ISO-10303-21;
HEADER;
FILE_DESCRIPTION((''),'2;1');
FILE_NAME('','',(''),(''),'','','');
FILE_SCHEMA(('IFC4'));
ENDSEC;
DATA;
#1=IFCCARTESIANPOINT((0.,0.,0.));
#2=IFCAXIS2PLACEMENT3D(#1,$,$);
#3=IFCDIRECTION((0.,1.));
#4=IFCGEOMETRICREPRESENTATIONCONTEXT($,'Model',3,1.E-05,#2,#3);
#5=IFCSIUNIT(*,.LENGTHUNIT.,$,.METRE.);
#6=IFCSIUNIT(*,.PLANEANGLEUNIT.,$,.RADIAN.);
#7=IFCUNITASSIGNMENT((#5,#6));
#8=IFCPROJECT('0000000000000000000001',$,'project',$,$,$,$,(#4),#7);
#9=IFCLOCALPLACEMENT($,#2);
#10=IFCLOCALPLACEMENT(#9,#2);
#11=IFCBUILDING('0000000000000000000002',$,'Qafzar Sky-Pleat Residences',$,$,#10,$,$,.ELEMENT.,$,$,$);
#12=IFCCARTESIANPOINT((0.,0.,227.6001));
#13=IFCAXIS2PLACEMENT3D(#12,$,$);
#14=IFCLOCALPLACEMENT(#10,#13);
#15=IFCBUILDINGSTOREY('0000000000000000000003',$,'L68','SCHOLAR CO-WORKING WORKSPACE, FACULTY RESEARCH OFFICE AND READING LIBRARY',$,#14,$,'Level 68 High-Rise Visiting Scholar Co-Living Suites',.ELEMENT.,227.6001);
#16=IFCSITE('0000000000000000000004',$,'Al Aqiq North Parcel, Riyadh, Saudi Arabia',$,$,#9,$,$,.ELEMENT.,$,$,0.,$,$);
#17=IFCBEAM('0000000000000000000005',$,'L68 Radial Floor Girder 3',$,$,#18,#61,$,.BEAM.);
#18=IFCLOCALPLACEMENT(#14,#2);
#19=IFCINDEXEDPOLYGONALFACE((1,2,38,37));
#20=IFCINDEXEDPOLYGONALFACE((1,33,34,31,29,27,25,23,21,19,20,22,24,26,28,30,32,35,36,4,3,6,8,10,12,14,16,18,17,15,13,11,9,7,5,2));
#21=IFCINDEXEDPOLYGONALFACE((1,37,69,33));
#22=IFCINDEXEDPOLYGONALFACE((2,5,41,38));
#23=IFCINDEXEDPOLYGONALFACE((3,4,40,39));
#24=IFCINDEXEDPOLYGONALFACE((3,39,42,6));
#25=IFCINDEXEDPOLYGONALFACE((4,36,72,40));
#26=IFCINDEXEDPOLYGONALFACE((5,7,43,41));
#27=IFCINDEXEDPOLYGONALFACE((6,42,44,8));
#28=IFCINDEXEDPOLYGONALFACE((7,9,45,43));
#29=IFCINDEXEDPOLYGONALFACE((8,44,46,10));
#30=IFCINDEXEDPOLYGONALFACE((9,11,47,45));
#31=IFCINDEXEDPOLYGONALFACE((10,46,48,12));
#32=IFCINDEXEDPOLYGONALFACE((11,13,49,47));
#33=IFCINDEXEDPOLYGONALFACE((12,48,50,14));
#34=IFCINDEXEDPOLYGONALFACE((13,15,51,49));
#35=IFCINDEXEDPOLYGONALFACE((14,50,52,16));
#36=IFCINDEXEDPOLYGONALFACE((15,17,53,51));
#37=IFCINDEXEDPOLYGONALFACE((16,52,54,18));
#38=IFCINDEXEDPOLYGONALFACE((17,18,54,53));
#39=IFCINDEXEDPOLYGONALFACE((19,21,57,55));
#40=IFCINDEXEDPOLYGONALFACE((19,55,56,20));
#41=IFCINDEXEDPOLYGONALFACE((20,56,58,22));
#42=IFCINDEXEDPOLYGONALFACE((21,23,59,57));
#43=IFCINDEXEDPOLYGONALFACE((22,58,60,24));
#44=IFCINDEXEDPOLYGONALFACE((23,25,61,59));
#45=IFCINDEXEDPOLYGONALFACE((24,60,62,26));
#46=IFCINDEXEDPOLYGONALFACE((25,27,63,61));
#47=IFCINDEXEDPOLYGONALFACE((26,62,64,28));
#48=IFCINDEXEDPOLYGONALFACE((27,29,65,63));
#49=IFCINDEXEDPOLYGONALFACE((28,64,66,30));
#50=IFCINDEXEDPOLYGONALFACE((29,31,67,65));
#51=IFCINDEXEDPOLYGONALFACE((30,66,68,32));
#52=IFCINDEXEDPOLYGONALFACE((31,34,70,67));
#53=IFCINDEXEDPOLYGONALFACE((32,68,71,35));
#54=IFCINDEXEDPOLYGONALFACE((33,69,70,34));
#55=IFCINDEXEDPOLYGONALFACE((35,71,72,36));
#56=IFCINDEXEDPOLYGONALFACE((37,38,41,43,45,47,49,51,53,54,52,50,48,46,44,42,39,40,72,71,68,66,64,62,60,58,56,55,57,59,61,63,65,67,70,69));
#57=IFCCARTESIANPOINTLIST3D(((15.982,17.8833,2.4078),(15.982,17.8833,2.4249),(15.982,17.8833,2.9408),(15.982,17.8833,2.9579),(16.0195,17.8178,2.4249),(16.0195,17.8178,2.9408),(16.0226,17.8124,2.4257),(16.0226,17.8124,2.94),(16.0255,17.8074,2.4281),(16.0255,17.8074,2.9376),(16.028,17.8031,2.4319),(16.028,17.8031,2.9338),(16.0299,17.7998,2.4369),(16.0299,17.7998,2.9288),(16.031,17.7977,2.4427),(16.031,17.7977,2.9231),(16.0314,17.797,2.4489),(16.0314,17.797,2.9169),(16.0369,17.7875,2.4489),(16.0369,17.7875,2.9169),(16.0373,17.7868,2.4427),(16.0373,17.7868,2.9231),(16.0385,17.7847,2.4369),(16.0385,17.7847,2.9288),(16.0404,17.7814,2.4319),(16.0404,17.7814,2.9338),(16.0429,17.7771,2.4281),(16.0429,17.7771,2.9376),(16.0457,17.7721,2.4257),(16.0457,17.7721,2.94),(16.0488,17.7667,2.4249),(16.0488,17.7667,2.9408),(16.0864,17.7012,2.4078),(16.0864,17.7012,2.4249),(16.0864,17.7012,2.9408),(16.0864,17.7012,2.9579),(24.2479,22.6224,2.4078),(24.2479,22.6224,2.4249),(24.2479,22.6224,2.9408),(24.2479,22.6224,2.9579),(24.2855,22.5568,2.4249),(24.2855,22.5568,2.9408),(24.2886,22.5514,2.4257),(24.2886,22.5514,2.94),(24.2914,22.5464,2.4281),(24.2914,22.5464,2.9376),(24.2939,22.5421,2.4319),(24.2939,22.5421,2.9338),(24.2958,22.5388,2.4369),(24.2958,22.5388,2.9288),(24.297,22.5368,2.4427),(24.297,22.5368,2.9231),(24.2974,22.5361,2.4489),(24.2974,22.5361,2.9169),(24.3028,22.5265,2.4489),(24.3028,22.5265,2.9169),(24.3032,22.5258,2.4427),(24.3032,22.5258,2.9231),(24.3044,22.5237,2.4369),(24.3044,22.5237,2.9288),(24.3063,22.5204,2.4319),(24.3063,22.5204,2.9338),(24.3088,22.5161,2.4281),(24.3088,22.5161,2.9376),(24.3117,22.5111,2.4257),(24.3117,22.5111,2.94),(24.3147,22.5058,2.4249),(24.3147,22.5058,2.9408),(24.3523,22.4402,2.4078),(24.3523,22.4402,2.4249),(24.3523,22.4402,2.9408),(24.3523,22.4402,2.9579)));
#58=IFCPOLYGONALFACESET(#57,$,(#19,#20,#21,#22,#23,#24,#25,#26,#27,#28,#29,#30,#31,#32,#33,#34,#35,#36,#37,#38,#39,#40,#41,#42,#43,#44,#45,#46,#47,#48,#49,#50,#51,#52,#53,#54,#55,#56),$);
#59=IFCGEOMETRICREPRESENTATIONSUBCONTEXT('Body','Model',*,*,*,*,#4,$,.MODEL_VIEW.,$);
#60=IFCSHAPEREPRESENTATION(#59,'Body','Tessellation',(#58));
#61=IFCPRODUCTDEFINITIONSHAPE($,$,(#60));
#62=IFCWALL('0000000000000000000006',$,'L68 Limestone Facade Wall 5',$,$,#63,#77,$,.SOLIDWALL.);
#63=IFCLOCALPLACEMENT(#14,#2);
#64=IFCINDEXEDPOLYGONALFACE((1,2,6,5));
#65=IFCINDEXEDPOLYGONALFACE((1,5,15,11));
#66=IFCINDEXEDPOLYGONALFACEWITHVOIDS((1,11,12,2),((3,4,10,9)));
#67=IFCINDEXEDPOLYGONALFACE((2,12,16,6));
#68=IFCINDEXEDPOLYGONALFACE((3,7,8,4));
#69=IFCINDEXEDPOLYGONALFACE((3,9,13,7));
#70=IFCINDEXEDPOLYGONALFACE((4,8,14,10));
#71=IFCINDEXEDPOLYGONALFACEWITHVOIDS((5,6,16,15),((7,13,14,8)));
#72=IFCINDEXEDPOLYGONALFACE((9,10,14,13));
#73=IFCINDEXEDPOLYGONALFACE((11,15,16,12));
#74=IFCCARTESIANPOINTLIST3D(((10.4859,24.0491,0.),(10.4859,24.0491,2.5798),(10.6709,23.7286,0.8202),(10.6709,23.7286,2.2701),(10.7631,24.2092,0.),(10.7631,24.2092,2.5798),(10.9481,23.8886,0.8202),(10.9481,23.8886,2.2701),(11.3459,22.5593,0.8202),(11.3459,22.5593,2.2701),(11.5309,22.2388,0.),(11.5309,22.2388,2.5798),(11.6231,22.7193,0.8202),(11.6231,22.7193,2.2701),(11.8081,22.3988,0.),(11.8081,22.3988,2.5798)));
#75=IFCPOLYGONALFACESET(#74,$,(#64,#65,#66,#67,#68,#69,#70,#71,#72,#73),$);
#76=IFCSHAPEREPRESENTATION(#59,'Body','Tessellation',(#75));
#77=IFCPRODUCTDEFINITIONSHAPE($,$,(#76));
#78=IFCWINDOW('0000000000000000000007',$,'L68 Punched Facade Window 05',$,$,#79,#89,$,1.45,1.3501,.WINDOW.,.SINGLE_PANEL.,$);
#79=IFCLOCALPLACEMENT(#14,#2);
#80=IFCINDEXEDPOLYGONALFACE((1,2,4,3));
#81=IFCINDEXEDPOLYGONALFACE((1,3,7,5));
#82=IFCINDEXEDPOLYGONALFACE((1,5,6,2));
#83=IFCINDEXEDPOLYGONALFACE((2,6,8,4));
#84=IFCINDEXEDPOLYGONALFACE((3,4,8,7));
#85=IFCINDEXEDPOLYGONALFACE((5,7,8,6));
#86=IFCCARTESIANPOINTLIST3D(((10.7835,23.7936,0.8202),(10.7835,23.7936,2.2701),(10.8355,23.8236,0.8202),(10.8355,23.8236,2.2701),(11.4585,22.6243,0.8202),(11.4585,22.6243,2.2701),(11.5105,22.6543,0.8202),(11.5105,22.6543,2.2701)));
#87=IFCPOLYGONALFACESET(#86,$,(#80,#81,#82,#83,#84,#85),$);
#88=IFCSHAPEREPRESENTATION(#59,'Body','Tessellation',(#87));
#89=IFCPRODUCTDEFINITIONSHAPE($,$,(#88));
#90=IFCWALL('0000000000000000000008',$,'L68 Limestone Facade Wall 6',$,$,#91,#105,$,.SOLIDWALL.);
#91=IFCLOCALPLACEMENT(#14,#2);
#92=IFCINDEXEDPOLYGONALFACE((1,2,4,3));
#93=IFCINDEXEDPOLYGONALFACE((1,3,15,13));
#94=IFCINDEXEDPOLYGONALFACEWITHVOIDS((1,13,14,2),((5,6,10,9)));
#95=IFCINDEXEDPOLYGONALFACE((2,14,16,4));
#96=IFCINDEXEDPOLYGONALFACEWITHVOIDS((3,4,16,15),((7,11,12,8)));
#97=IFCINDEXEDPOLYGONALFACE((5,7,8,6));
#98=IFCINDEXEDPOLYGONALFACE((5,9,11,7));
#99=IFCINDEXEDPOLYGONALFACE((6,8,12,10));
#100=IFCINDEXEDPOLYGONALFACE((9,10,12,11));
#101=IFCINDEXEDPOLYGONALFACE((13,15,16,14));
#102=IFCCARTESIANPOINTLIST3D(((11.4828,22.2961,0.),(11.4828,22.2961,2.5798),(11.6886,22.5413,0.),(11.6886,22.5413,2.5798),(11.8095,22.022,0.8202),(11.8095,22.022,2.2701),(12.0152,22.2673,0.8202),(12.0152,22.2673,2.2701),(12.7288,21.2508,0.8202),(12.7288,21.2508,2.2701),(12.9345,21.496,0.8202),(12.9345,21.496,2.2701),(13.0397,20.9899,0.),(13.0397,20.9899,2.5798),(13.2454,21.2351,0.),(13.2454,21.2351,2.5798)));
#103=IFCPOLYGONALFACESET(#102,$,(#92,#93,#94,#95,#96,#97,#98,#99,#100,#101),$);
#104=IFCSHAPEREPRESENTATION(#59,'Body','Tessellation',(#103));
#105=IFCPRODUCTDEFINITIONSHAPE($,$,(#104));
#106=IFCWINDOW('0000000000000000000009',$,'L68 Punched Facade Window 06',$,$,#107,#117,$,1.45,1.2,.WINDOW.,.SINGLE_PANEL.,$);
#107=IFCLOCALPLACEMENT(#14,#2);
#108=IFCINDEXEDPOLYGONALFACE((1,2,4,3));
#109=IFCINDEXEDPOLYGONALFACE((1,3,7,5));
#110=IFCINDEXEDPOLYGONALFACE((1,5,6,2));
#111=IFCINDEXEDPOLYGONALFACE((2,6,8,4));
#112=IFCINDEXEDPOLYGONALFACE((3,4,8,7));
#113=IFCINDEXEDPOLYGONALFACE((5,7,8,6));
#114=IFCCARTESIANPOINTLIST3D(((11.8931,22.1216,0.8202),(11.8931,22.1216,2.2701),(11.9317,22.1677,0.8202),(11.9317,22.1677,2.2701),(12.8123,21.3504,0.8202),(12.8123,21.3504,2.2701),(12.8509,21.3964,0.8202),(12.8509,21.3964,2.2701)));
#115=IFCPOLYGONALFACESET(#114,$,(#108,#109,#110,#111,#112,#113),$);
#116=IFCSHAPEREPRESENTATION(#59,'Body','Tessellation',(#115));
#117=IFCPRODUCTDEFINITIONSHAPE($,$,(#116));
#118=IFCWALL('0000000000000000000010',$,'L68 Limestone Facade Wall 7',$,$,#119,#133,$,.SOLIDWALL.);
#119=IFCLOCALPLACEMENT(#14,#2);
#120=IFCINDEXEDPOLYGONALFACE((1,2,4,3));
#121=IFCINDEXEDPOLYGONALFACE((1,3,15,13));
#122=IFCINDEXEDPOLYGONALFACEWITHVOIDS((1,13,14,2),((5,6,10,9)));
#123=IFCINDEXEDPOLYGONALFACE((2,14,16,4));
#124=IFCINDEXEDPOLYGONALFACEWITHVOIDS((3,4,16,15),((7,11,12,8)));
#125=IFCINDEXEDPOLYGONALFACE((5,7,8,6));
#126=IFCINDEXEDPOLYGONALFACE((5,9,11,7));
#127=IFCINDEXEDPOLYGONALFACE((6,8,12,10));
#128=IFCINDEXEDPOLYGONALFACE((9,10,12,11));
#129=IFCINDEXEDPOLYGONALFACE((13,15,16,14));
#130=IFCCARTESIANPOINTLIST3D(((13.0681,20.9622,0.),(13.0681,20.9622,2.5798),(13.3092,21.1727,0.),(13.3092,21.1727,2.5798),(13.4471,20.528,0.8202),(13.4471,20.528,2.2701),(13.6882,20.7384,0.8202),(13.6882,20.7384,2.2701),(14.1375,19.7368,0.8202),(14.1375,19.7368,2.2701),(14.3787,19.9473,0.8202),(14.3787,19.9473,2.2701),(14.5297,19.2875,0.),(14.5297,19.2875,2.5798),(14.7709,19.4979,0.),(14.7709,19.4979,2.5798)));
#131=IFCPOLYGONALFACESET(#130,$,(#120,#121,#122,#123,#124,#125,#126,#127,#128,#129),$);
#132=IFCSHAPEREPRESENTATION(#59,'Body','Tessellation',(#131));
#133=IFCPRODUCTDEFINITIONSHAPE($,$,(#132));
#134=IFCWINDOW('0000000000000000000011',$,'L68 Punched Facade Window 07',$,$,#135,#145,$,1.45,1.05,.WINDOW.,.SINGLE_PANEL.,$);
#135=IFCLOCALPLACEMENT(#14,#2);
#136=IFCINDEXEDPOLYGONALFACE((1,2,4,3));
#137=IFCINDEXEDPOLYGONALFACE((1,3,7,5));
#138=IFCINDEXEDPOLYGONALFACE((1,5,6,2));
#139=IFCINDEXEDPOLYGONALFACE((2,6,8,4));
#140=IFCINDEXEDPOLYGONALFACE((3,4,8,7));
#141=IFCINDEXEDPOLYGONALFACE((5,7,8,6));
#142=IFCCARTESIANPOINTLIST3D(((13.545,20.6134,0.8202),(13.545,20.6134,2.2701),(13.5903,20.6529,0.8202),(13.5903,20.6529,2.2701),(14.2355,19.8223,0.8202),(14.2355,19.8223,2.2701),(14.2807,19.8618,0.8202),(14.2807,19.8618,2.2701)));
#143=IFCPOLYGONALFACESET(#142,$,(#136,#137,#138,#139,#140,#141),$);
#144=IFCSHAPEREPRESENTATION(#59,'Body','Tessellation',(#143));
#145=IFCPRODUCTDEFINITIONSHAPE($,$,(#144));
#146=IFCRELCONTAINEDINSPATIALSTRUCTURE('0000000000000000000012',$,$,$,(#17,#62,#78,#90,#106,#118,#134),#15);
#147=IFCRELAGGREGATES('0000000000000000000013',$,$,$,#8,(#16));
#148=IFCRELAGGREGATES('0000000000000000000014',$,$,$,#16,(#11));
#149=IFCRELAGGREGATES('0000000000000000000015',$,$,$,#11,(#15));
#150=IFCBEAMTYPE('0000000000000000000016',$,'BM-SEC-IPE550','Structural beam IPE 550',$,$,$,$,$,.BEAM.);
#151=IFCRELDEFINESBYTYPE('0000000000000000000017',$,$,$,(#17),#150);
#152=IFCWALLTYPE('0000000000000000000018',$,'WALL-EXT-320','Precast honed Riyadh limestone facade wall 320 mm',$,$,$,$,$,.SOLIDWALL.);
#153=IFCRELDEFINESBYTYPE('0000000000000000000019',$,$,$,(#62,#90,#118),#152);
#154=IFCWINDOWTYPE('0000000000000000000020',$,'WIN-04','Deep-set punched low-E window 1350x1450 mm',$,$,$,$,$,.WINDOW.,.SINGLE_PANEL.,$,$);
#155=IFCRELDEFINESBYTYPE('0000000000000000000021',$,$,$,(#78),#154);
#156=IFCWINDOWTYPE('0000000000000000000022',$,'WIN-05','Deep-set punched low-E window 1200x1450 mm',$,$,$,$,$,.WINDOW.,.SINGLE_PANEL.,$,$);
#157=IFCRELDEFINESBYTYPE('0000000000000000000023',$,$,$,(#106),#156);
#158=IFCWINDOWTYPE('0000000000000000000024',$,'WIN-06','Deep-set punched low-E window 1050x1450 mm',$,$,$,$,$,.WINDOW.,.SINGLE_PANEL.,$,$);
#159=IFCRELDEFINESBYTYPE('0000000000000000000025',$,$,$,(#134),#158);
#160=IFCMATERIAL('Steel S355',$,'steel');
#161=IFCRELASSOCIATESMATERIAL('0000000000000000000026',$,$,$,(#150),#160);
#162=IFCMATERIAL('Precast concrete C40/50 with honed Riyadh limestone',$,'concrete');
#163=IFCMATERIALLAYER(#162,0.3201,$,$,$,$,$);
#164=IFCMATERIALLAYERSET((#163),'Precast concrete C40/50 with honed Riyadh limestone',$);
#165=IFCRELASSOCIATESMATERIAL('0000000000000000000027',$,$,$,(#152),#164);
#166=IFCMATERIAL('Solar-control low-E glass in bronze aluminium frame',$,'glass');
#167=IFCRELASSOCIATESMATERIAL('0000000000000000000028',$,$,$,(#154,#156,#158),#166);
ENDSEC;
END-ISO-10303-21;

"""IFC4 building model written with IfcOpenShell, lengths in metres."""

from ifc_helpers import new_model, si_unit, direction, frame, frame_2d, origin, origin_2d, place, context, subcontext, project, spatial, rectangle, i_section, extrude, source, transform, mapped, material, layer, layer_set, material_profile, profile_set, type_object, element, fill, save


model = new_model("IFC4")

# Units and contexts
model_context = context("Model", 3, precision=1e-05, world=origin(), true_north=direction((0.0, 1.0)))
body_context = subcontext(model_context, "Body", "Model", "MODEL_VIEW")
ifc_project = project(units=[si_unit("LENGTHUNIT", "METRE"), si_unit("PLANEANGLEUNIT", "RADIAN")], contexts=[model_context])

# Site, building, storey
site_placement = place(None, origin())
site = spatial("IfcSite", under=ifc_project, at=site_placement, Name="Al Aqiq North Parcel, Riyadh, Saudi Arabia", CompositionType="ELEMENT", RefElevation=0.0)
building_placement = place(site_placement, origin())
building = spatial("IfcBuilding", under=site, at=building_placement, Name="Qafzar Sky-Pleat Residences", CompositionType="ELEMENT")
storey_placement = place(building_placement, frame((0.0, 0.0, 227.6001)))
storey = spatial("IfcBuildingStorey", under=building, at=storey_placement, Name="L68", Description="SCHOLAR CO-WORKING WORKSPACE, FACULTY RESEARCH OFFICE AND READING LIBRARY", LongName="Level 68 High-Rise Visiting Scholar Co-Living Suites", CompositionType="ELEMENT", Elevation=227.6001)

# Shared definitions
ifc_material_1 = material(Name="Steel S355", Category="steel")

# Beam
ifc_material_profile_1 = material_profile(ifc_material_1, i_section(OverallWidth=0.21, OverallDepth=0.55, WebThickness=0.011, FlangeThickness=0.0171, FilletRadius=0.0239, at=origin_2d()), Name="IPE 550")
ifc_profile_set_1 = profile_set([ifc_material_profile_1], Name="Steel S355")
beam_type_1 = type_object("IfcBeamType", Name="BM-SEC-IPE550", Description="Structural beam IPE 550", PredefinedType="BEAM", material=ifc_profile_set_1)
shared_shape_1 = source(origin(), body_context, "Body", "SweptSolid", [
    extrude(i_section(OverallWidth=0.21, OverallDepth=0.55, WebThickness=0.011, FlangeThickness=0.0171, FilletRadius=0.0239, at=origin_2d()), origin(), (0.0, 0.0, 1.0), 9.5281),
])
beam_1_placement = place(storey_placement, frame((16.0342, 17.7922, 2.6829), z_axis=(0.867534, 0.497377, 0.0), x_axis=(-0.497377, 0.867534, 0.0)))
element("IfcBeam", 1, at=beam_1_placement, inside=storey, type_object=beam_type_1, Name="L68 Radial Floor Girder 3", PredefinedType="BEAM", context=body_context, shape_type="MappedRepresentation", body=[
    mapped(shared_shape_1, transform((0.0, 0.0, 0.0), x_axis=(1.0, 0.0, 0.0), y_axis=(0.0, 1.0, 0.0), z_axis=(0.0, 0.0, 1.0), scale=1.0)),
])

# Walls, openings, windows
ifc_material_2 = material(Name="Precast concrete C40/50 with honed Riyadh limestone", Category="concrete")
ifc_layer_1 = layer(ifc_material_2, 0.3201)
ifc_layer_set_1 = layer_set([ifc_layer_1], Name="Precast concrete C40/50 with honed Riyadh limestone")
wall_type_1 = type_object("IfcWallType", Name="WALL-EXT-320", Description="Precast honed Riyadh limestone facade wall 320 mm", PredefinedType="SOLIDWALL", material=ifc_layer_set_1)
wall_1_placement = place(storey_placement, frame((10.6245, 24.1292, 0.0), z_axis=(0.0, 0.0, 1.0), x_axis=(0.499908, -0.866079, 0.0)))
wall_1 = element("IfcWall", 2, at=wall_1_placement, inside=storey, type_object=wall_type_1, Name="L68 Limestone Facade Wall 5", PredefinedType="SOLIDWALL", context=body_context, shape_type="SweptSolid", body=[
    extrude(rectangle(XDim=2.0903, YDim=0.3201, at=frame_2d((1.0452, 0.0))), origin(), (0.0, 0.0, 1.0), 2.5798),
])
opening_1_placement = place(wall_1_placement, frame((0.3701, 0.0, 0.8201)))
opening_1 = element("IfcOpeningElement", 3, at=opening_1_placement, cuts=wall_1, PredefinedType="OPENING", context=body_context, shape_type="SweptSolid", body=[
    extrude(rectangle(XDim=1.3501, YDim=1.45, at=frame_2d((0.675, 0.7251))), frame((0.0, 0.1699, 0.0), z_axis=(0.0, -1.0, 0.0), x_axis=(1.0, 0.0, 0.0)), (0.0, 0.0, 1.0), 0.3401),
])
ifc_material_3 = material(Name="Solar-control low-E glass in bronze aluminium frame", Category="glass")
window_type_1 = type_object("IfcWindowType", Name="WIN-04", Description="Deep-set punched low-E window 1350x1450 mm", PartitioningType="SINGLE_PANEL", PredefinedType="WINDOW", material=ifc_material_3)
shared_shape_2 = source(origin(), body_context, "Body", "SweptSolid", [
    extrude(rectangle(XDim=1.3501, YDim=1.45, at=frame_2d((0.675, 0.7251))), frame((0.0, 0.03, 0.0), z_axis=(0.0, -1.0, 0.0), x_axis=(1.0, 0.0, 0.0)), (0.0, 0.0, 1.0), 0.0601),
])
window_1_placement = place(opening_1_placement, origin())
window_1 = element("IfcWindow", 4, at=window_1_placement, inside=storey, type_object=window_type_1, Name="L68 Punched Facade Window 05", OverallHeight=1.45, OverallWidth=1.3501, PartitioningType="SINGLE_PANEL", PredefinedType="WINDOW", context=body_context, shape_type="MappedRepresentation", body=[
    mapped(shared_shape_2, transform((0.0, 0.0, 0.0), x_axis=(1.0, 0.0, 0.0), y_axis=(0.0, 1.0, 0.0), z_axis=(0.0, 0.0, 1.0), scale=1.0)),
])
fill(opening_1, window_1)
wall_2_placement = place(storey_placement, frame((11.5857, 22.4187, 0.0), z_axis=(0.0, 0.0, 1.0), x_axis=(0.7661, -0.642721, 0.0)))
wall_2 = element("IfcWall", 5, at=wall_2_placement, inside=storey, type_object=wall_type_1, Name="L68 Limestone Facade Wall 6", PredefinedType="SOLIDWALL", context=body_context, shape_type="SweptSolid", body=[
    extrude(rectangle(XDim=2.0322, YDim=0.3201, at=frame_2d((1.0161, 0.0))), origin(), (0.0, 0.0, 1.0), 2.5798),
])
opening_2_placement = place(wall_2_placement, frame((0.4263, 0.0, 0.8201)))
opening_2 = element("IfcOpeningElement", 6, at=opening_2_placement, cuts=wall_2, PredefinedType="OPENING", context=body_context, shape_type="SweptSolid", body=[
    extrude(rectangle(XDim=1.2, YDim=1.45, at=frame_2d((0.6001, 0.7251))), frame((0.0, 0.1699, 0.0), z_axis=(0.0, -1.0, 0.0), x_axis=(1.0, 0.0, 0.0)), (0.0, 0.0, 1.0), 0.3401),
])
window_type_2 = type_object("IfcWindowType", Name="WIN-05", Description="Deep-set punched low-E window 1200x1450 mm", PartitioningType="SINGLE_PANEL", PredefinedType="WINDOW", material=ifc_material_3)
shared_shape_3 = source(origin(), body_context, "Body", "SweptSolid", [
    extrude(rectangle(XDim=1.2, YDim=1.45, at=frame_2d((0.6001, 0.7251))), frame((0.0, 0.03, 0.0), z_axis=(0.0, -1.0, 0.0), x_axis=(1.0, 0.0, 0.0)), (0.0, 0.0, 1.0), 0.0601),
])
window_2_placement = place(opening_2_placement, origin())
window_2 = element("IfcWindow", 7, at=window_2_placement, inside=storey, type_object=window_type_2, Name="L68 Punched Facade Window 06", OverallHeight=1.45, OverallWidth=1.2, PartitioningType="SINGLE_PANEL", PredefinedType="WINDOW", context=body_context, shape_type="MappedRepresentation", body=[
    mapped(shared_shape_3, transform((0.0, 0.0, 0.0), x_axis=(1.0, 0.0, 0.0), y_axis=(0.0, 1.0, 0.0), z_axis=(0.0, 0.0, 1.0), scale=1.0)),
])
fill(opening_2, window_2)
wall_3_placement = place(storey_placement, frame((13.1887, 21.0674, 0.0), z_axis=(0.0, 0.0, 1.0), x_axis=(0.65754, -0.75342, 0.0)))
wall_3 = element("IfcWall", 8, at=wall_3_placement, inside=storey, type_object=wall_type_1, Name="L68 Limestone Facade Wall 7", PredefinedType="SOLIDWALL", context=body_context, shape_type="SweptSolid", body=[
    extrude(rectangle(XDim=2.2229, YDim=0.3201, at=frame_2d((1.1113, 0.0))), origin(), (0.0, 0.0, 1.0), 2.5798),
])
opening_3_placement = place(wall_3_placement, frame((0.5764, 0.0, 0.8201)))
opening_3 = element("IfcOpeningElement", 9, at=opening_3_placement, cuts=wall_3, PredefinedType="OPENING", context=body_context, shape_type="SweptSolid", body=[
    extrude(rectangle(XDim=1.05, YDim=1.45, at=frame_2d((0.5249, 0.7251))), frame((0.0, 0.1699, 0.0), z_axis=(0.0, -1.0, 0.0), x_axis=(1.0, 0.0, 0.0)), (0.0, 0.0, 1.0), 0.3401),
])
window_type_3 = type_object("IfcWindowType", Name="WIN-06", Description="Deep-set punched low-E window 1050x1450 mm", PartitioningType="SINGLE_PANEL", PredefinedType="WINDOW", material=ifc_material_3)
shared_shape_4 = source(origin(), body_context, "Body", "SweptSolid", [
    extrude(rectangle(XDim=1.05, YDim=1.45, at=frame_2d((0.5249, 0.7251))), frame((0.0, 0.03, 0.0), z_axis=(0.0, -1.0, 0.0), x_axis=(1.0, 0.0, 0.0)), (0.0, 0.0, 1.0), 0.0601),
])
window_3_placement = place(opening_3_placement, origin())
window_3 = element("IfcWindow", 10, at=window_3_placement, inside=storey, type_object=window_type_3, Name="L68 Punched Facade Window 07", OverallHeight=1.45, OverallWidth=1.05, PartitioningType="SINGLE_PANEL", PredefinedType="WINDOW", context=body_context, shape_type="MappedRepresentation", body=[
    mapped(shared_shape_4, transform((0.0, 0.0, 0.0), x_axis=(1.0, 0.0, 0.0), y_axis=(0.0, 1.0, 0.0), z_axis=(0.0, 0.0, 1.0), scale=1.0)),
])
fill(opening_3, window_3)

save(model, "model.ifc")
